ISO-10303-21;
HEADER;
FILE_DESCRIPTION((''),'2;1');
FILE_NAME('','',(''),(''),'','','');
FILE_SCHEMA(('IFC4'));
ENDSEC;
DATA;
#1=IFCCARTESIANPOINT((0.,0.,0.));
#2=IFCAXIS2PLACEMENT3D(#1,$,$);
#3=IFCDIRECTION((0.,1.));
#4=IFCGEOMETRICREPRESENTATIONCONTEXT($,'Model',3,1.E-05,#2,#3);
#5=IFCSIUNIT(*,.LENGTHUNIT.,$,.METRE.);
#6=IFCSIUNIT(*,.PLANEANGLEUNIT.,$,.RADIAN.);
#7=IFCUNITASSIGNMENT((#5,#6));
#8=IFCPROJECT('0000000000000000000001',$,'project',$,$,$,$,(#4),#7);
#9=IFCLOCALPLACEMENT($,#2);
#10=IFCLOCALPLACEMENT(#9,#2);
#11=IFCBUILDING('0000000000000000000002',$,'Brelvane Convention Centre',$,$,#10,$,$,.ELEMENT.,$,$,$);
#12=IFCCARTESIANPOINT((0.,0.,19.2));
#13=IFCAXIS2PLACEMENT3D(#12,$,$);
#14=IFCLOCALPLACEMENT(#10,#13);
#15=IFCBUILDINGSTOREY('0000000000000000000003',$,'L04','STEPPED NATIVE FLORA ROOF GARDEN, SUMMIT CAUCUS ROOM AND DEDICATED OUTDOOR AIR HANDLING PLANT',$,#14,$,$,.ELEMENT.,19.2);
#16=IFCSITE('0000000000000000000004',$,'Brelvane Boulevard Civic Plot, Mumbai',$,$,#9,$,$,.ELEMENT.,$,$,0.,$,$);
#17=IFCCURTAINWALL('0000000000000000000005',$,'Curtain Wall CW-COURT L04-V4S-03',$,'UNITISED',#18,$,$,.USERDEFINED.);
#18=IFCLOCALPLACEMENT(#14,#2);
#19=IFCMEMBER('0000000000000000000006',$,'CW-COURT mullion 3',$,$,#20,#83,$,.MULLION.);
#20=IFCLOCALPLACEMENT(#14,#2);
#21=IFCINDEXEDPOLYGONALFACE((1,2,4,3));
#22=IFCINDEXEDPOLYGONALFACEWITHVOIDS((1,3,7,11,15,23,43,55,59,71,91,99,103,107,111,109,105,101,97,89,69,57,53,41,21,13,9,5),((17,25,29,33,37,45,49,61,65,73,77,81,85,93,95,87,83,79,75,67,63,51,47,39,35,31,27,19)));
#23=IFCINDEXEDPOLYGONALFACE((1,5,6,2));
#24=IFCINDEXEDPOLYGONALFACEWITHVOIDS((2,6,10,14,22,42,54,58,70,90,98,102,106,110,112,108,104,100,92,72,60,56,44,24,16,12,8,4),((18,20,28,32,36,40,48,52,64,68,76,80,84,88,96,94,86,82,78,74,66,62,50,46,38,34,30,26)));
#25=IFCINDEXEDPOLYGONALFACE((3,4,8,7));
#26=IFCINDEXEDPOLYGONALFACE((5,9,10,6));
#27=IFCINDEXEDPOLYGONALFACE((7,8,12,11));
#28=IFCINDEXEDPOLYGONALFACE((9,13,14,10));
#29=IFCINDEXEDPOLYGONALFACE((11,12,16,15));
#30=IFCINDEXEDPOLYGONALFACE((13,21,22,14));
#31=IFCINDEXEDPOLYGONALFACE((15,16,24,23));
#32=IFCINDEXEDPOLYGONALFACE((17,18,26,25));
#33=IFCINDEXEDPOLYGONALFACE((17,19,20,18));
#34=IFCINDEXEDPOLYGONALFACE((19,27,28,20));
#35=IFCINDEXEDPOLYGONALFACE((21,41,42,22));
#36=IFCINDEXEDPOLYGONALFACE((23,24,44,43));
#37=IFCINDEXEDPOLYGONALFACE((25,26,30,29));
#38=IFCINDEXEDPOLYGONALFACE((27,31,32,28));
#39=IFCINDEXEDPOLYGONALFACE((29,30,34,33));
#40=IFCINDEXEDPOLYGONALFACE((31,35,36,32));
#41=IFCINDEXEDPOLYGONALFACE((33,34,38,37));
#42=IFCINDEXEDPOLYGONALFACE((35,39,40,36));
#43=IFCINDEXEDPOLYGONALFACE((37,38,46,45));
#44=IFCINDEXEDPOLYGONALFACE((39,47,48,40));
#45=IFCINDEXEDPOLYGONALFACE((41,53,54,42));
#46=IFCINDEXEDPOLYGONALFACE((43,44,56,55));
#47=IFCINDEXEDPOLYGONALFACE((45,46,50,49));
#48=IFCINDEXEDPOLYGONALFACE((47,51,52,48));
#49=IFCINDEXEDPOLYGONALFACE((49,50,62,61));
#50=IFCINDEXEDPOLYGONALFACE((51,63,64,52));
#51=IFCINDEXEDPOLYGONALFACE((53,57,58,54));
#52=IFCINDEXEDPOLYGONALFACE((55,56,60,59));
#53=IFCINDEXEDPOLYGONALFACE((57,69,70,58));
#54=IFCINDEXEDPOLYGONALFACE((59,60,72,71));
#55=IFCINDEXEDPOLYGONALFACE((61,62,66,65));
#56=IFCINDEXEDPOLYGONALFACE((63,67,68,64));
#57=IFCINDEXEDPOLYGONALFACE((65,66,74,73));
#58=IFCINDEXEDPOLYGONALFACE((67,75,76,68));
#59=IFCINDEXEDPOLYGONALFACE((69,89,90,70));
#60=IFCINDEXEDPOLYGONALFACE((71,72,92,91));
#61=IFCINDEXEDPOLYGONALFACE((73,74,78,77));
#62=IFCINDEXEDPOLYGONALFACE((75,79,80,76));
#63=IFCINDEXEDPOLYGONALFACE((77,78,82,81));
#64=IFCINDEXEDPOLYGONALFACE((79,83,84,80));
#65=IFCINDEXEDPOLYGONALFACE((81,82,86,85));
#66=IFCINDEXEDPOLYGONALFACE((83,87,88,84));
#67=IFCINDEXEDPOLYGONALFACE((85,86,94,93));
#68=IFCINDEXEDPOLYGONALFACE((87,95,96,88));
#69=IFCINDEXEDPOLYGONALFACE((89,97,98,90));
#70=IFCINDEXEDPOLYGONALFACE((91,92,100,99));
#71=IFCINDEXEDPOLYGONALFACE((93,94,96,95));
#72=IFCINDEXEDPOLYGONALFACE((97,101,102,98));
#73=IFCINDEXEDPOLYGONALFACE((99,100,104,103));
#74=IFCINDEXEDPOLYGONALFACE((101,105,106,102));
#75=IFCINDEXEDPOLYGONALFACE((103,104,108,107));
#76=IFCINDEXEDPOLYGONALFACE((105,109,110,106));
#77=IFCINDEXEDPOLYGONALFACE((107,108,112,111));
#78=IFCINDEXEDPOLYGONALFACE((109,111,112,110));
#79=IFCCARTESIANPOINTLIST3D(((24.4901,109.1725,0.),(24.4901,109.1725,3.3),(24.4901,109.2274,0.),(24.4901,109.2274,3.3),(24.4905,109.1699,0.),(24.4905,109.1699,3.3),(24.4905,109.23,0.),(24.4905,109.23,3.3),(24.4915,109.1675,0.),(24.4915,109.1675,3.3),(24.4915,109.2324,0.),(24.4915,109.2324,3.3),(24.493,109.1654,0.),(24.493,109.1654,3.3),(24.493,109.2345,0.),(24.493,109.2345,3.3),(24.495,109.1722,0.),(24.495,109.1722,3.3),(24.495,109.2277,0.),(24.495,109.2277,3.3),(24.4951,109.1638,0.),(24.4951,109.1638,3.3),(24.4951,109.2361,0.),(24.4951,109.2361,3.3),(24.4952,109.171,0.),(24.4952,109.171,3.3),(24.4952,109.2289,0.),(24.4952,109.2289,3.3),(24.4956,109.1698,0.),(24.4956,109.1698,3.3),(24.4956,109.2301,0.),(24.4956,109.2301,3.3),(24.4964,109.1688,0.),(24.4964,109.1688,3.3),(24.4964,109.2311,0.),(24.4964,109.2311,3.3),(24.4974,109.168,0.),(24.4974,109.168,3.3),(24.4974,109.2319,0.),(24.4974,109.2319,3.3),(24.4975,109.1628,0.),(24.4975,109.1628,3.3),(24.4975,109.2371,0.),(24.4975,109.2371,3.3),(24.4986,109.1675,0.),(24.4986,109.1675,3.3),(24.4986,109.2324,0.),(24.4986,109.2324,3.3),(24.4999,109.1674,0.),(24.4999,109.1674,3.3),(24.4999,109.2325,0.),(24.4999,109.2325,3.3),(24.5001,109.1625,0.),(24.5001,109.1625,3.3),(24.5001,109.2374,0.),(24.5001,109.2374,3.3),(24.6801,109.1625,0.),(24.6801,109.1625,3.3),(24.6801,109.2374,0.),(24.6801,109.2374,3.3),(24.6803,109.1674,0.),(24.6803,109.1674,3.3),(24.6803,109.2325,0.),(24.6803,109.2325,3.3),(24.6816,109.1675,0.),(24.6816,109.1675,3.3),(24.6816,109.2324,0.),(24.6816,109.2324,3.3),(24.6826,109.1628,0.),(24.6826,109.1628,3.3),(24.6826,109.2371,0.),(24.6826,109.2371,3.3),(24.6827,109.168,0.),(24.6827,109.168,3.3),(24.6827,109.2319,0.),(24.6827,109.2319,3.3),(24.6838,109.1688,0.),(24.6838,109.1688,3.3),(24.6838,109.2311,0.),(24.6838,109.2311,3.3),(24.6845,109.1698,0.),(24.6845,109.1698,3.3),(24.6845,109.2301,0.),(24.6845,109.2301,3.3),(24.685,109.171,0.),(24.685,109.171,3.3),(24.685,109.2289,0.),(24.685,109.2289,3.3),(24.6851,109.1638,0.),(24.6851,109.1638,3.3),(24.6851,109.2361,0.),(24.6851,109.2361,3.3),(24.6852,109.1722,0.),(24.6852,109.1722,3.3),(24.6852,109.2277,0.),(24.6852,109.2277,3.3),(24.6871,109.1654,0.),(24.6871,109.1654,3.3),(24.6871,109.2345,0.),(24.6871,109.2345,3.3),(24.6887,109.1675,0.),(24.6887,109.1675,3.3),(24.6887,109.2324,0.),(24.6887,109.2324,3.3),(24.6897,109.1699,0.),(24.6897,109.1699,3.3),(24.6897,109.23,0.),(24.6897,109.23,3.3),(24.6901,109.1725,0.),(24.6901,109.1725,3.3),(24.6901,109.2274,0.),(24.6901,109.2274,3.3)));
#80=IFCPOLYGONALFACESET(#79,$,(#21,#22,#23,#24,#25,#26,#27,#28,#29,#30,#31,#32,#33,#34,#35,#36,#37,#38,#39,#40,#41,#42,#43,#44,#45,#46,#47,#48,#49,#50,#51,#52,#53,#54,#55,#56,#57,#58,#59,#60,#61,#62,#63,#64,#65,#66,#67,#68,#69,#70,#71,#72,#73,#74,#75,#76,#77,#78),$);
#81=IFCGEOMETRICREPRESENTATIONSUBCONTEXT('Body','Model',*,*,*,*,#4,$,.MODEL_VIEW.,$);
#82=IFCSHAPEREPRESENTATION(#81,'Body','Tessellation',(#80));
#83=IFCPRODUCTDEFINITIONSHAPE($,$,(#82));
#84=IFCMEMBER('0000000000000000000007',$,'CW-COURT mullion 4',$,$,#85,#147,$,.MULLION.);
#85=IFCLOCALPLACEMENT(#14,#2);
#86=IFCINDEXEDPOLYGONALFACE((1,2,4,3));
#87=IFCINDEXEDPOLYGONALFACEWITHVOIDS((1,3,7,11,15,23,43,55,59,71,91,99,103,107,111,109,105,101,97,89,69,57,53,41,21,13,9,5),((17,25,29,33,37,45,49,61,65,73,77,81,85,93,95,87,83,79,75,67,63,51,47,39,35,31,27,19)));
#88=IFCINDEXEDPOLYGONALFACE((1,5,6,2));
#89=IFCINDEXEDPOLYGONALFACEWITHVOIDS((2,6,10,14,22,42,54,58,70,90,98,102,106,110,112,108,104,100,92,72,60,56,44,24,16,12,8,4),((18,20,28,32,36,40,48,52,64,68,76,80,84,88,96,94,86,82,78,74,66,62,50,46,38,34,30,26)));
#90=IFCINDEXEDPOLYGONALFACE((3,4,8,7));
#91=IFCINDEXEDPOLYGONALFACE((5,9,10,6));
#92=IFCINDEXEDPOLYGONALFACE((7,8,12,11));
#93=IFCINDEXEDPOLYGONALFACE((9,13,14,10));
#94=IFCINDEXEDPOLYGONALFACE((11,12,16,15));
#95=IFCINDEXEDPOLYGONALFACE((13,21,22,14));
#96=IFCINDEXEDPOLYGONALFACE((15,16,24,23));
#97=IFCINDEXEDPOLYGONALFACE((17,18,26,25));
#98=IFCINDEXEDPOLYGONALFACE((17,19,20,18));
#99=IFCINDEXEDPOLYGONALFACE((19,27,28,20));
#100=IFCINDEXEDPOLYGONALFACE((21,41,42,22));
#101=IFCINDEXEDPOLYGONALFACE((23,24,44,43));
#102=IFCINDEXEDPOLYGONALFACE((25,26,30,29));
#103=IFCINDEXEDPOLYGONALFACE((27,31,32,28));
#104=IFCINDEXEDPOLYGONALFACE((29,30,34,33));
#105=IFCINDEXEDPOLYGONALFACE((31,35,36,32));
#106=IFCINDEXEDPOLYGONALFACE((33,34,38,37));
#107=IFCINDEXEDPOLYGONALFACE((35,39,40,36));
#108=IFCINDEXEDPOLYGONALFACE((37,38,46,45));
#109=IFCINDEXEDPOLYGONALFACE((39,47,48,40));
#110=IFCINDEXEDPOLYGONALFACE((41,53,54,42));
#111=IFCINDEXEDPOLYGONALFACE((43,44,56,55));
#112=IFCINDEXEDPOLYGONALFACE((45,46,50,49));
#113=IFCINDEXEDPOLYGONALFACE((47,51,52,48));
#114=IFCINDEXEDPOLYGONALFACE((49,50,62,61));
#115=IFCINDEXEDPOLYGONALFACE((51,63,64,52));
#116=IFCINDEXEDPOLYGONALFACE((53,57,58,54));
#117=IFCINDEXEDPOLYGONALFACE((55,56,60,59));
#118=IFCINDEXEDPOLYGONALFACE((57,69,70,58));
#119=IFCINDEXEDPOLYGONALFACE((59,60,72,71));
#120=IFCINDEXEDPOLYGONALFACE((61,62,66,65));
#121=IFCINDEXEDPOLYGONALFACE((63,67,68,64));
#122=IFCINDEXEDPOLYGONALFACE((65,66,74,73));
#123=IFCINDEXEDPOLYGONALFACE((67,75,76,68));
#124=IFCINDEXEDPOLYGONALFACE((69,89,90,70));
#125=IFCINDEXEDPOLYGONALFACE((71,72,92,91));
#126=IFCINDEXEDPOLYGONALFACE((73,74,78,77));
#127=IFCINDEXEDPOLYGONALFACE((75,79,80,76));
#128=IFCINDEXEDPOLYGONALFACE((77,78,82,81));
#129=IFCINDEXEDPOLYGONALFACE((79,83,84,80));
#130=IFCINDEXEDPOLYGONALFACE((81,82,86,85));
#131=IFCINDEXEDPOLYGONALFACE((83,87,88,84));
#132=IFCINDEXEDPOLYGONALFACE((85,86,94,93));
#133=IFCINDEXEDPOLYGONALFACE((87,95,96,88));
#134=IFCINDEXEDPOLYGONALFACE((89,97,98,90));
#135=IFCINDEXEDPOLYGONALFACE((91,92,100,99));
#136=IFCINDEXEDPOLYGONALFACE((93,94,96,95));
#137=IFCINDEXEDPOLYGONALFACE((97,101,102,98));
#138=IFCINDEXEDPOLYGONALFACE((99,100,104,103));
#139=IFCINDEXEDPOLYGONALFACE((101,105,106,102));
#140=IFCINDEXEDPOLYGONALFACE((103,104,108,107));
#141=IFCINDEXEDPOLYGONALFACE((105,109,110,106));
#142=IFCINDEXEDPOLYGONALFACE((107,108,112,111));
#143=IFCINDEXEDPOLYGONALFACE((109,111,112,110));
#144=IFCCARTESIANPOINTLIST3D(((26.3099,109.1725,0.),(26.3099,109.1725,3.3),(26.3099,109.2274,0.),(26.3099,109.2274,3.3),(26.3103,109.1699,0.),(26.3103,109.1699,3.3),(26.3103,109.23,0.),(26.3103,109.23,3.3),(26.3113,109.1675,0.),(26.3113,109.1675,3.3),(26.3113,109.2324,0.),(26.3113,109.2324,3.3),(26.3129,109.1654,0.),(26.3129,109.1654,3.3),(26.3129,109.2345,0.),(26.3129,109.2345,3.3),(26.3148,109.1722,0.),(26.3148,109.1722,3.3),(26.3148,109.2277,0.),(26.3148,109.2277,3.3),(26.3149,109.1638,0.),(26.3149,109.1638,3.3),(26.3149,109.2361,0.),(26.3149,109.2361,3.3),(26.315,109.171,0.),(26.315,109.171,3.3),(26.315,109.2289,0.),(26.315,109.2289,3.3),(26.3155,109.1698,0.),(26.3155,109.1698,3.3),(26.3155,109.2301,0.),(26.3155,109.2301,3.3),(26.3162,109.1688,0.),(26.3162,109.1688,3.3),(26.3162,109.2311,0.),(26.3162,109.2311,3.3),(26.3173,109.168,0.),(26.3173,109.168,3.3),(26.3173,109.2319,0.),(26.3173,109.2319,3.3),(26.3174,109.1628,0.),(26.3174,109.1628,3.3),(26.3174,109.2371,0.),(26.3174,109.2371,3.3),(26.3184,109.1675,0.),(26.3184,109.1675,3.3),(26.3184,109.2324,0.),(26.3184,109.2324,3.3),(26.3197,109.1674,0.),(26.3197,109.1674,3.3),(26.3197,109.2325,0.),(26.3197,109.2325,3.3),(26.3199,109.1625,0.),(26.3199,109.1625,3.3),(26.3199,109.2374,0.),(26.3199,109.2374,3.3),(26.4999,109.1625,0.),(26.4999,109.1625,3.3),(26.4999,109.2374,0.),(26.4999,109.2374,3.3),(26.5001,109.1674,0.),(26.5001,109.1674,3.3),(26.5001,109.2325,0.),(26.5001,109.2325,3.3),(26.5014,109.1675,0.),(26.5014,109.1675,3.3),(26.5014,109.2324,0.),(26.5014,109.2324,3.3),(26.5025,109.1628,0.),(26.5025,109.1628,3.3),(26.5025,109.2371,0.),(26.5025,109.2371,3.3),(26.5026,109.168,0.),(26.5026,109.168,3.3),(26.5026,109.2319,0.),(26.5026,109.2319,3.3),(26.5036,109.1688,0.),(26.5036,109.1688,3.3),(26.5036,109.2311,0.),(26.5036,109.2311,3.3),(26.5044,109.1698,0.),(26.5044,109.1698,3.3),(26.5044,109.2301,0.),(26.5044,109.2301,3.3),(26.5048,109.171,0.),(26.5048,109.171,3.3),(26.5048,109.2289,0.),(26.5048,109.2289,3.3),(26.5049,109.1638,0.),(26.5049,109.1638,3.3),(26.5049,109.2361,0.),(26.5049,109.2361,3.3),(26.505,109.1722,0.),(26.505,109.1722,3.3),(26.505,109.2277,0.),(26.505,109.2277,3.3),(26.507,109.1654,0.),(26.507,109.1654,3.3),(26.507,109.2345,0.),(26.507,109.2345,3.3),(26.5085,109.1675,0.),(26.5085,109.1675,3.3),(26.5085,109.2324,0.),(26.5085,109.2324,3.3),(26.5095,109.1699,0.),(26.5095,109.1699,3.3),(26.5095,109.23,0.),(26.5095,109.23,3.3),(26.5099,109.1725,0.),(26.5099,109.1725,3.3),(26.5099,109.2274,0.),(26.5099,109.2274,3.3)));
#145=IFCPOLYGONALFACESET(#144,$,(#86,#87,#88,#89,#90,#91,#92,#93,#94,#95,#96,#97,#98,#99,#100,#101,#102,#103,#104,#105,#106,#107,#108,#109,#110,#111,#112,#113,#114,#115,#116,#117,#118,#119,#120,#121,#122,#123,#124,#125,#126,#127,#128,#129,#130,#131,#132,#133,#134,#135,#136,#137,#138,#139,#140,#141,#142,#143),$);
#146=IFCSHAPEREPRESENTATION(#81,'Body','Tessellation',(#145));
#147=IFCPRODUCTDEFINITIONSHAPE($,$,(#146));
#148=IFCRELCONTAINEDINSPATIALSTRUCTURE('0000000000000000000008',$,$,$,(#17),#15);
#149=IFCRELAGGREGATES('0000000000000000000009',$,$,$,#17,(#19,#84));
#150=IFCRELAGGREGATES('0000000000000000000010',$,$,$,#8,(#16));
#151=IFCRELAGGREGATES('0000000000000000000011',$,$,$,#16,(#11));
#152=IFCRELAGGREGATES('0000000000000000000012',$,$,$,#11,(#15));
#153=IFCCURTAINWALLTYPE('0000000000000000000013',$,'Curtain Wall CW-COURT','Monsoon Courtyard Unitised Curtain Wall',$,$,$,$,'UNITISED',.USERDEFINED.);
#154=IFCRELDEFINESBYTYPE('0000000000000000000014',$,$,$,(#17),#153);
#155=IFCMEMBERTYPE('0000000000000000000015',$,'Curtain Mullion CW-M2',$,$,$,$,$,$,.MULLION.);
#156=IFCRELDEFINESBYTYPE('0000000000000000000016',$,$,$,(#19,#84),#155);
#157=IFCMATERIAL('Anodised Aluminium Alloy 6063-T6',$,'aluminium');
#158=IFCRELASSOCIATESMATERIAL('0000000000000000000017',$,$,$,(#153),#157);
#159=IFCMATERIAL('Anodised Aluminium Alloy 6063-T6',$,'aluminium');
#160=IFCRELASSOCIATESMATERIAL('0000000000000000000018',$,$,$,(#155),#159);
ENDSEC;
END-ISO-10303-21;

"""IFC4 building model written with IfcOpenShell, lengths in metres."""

from ifc_helpers import new_model, si_unit, direction, frame, origin, origin_2d, place, context, subcontext, project, spatial, hollow_rectangle, extrude, material, material_profile, profile_set, type_object, element, aggregate, save


model = new_model("IFC4")

# Units and contexts
model_context = context("Model", 3, precision=1e-05, world=origin(), true_north=direction((0.0, 1.0)))
body_context = subcontext(model_context, "Body", "Model", "MODEL_VIEW")
ifc_project = project(units=[si_unit("LENGTHUNIT", "METRE"), si_unit("PLANEANGLEUNIT", "RADIAN")], contexts=[model_context])

# Site, building, storey
site_placement = place(None, origin())
site = spatial("IfcSite", under=ifc_project, at=site_placement, Name="Brelvane Boulevard Civic Plot, Mumbai", CompositionType="ELEMENT", RefElevation=0.0)
building_placement = place(site_placement, origin())
building = spatial("IfcBuilding", under=site, at=building_placement, Name="Brelvane Convention Centre", CompositionType="ELEMENT")
storey_placement = place(building_placement, frame((0.0, 0.0, 19.2)))
storey = spatial("IfcBuildingStorey", under=building, at=storey_placement, Name="L04", Description="STEPPED NATIVE FLORA ROOF GARDEN, SUMMIT CAUCUS ROOM AND DEDICATED OUTDOOR AIR HANDLING PLANT", CompositionType="ELEMENT", Elevation=19.2)

# Curtain wall, members
ifc_material_1 = material(Name="Anodised Aluminium Alloy 6063-T6", Category="aluminium")
curtain_wall_type = type_object("IfcCurtainWallType", Name="Curtain Wall CW-COURT", Description="Monsoon Courtyard Unitised Curtain Wall", ElementType="UNITISED", PredefinedType="USERDEFINED", material=ifc_material_1)
curtain_wall_placement = place(storey_placement, origin())
curtain_wall = element("IfcCurtainWall", 1, at=curtain_wall_placement, inside=storey, type_object=curtain_wall_type, Name="Curtain Wall CW-COURT L04-V4S-03", ObjectType="UNITISED", PredefinedType="USERDEFINED")
ifc_material_2 = material(Name="Anodised Aluminium Alloy 6063-T6", Category="aluminium")
ifc_material_profile_1 = material_profile(ifc_material_2, hollow_rectangle(XDim=0.075, YDim=0.2, WallThickness=0.0049, InnerFilletRadius=0.0049, OuterFilletRadius=0.01, at=origin_2d()), Name="ALU-M 200x75x5.0")
ifc_profile_set_1 = profile_set([ifc_material_profile_1], Name="Anodised Aluminium Alloy 6063-T6")
member_type_1 = type_object("IfcMemberType", Name="Curtain Mullion CW-M2", PredefinedType="MULLION", material=ifc_profile_set_1)
member_1_placement = place(storey_placement, frame((24.5901, 109.2, 0.0), z_axis=(0.0, 0.0, 1.0), x_axis=(0.0, 1.0, 0.0)))
member_1 = element("IfcMember", 2, at=member_1_placement, type_object=member_type_1, Name="CW-COURT mullion 3", PredefinedType="MULLION", context=body_context, shape_type="SweptSolid", body=[
    extrude(hollow_rectangle(XDim=0.075, YDim=0.2, WallThickness=0.0049, InnerFilletRadius=0.0049, OuterFilletRadius=0.01, at=origin_2d()), origin(), (0.0, 0.0, 1.0), 3.3),
])
member_2_placement = place(storey_placement, frame((26.4099, 109.2, 0.0), z_axis=(0.0, 0.0, 1.0), x_axis=(0.0, 1.0, 0.0)))
member_2 = element("IfcMember", 3, at=member_2_placement, type_object=member_type_1, Name="CW-COURT mullion 4", PredefinedType="MULLION", context=body_context, shape_type="SweptSolid", body=[
    extrude(hollow_rectangle(XDim=0.075, YDim=0.2, WallThickness=0.0049, InnerFilletRadius=0.0049, OuterFilletRadius=0.01, at=origin_2d()), origin(), (0.0, 0.0, 1.0), 3.3),
])
aggregate(curtain_wall, [member_1, member_2])

save(model, "model.ifc")
